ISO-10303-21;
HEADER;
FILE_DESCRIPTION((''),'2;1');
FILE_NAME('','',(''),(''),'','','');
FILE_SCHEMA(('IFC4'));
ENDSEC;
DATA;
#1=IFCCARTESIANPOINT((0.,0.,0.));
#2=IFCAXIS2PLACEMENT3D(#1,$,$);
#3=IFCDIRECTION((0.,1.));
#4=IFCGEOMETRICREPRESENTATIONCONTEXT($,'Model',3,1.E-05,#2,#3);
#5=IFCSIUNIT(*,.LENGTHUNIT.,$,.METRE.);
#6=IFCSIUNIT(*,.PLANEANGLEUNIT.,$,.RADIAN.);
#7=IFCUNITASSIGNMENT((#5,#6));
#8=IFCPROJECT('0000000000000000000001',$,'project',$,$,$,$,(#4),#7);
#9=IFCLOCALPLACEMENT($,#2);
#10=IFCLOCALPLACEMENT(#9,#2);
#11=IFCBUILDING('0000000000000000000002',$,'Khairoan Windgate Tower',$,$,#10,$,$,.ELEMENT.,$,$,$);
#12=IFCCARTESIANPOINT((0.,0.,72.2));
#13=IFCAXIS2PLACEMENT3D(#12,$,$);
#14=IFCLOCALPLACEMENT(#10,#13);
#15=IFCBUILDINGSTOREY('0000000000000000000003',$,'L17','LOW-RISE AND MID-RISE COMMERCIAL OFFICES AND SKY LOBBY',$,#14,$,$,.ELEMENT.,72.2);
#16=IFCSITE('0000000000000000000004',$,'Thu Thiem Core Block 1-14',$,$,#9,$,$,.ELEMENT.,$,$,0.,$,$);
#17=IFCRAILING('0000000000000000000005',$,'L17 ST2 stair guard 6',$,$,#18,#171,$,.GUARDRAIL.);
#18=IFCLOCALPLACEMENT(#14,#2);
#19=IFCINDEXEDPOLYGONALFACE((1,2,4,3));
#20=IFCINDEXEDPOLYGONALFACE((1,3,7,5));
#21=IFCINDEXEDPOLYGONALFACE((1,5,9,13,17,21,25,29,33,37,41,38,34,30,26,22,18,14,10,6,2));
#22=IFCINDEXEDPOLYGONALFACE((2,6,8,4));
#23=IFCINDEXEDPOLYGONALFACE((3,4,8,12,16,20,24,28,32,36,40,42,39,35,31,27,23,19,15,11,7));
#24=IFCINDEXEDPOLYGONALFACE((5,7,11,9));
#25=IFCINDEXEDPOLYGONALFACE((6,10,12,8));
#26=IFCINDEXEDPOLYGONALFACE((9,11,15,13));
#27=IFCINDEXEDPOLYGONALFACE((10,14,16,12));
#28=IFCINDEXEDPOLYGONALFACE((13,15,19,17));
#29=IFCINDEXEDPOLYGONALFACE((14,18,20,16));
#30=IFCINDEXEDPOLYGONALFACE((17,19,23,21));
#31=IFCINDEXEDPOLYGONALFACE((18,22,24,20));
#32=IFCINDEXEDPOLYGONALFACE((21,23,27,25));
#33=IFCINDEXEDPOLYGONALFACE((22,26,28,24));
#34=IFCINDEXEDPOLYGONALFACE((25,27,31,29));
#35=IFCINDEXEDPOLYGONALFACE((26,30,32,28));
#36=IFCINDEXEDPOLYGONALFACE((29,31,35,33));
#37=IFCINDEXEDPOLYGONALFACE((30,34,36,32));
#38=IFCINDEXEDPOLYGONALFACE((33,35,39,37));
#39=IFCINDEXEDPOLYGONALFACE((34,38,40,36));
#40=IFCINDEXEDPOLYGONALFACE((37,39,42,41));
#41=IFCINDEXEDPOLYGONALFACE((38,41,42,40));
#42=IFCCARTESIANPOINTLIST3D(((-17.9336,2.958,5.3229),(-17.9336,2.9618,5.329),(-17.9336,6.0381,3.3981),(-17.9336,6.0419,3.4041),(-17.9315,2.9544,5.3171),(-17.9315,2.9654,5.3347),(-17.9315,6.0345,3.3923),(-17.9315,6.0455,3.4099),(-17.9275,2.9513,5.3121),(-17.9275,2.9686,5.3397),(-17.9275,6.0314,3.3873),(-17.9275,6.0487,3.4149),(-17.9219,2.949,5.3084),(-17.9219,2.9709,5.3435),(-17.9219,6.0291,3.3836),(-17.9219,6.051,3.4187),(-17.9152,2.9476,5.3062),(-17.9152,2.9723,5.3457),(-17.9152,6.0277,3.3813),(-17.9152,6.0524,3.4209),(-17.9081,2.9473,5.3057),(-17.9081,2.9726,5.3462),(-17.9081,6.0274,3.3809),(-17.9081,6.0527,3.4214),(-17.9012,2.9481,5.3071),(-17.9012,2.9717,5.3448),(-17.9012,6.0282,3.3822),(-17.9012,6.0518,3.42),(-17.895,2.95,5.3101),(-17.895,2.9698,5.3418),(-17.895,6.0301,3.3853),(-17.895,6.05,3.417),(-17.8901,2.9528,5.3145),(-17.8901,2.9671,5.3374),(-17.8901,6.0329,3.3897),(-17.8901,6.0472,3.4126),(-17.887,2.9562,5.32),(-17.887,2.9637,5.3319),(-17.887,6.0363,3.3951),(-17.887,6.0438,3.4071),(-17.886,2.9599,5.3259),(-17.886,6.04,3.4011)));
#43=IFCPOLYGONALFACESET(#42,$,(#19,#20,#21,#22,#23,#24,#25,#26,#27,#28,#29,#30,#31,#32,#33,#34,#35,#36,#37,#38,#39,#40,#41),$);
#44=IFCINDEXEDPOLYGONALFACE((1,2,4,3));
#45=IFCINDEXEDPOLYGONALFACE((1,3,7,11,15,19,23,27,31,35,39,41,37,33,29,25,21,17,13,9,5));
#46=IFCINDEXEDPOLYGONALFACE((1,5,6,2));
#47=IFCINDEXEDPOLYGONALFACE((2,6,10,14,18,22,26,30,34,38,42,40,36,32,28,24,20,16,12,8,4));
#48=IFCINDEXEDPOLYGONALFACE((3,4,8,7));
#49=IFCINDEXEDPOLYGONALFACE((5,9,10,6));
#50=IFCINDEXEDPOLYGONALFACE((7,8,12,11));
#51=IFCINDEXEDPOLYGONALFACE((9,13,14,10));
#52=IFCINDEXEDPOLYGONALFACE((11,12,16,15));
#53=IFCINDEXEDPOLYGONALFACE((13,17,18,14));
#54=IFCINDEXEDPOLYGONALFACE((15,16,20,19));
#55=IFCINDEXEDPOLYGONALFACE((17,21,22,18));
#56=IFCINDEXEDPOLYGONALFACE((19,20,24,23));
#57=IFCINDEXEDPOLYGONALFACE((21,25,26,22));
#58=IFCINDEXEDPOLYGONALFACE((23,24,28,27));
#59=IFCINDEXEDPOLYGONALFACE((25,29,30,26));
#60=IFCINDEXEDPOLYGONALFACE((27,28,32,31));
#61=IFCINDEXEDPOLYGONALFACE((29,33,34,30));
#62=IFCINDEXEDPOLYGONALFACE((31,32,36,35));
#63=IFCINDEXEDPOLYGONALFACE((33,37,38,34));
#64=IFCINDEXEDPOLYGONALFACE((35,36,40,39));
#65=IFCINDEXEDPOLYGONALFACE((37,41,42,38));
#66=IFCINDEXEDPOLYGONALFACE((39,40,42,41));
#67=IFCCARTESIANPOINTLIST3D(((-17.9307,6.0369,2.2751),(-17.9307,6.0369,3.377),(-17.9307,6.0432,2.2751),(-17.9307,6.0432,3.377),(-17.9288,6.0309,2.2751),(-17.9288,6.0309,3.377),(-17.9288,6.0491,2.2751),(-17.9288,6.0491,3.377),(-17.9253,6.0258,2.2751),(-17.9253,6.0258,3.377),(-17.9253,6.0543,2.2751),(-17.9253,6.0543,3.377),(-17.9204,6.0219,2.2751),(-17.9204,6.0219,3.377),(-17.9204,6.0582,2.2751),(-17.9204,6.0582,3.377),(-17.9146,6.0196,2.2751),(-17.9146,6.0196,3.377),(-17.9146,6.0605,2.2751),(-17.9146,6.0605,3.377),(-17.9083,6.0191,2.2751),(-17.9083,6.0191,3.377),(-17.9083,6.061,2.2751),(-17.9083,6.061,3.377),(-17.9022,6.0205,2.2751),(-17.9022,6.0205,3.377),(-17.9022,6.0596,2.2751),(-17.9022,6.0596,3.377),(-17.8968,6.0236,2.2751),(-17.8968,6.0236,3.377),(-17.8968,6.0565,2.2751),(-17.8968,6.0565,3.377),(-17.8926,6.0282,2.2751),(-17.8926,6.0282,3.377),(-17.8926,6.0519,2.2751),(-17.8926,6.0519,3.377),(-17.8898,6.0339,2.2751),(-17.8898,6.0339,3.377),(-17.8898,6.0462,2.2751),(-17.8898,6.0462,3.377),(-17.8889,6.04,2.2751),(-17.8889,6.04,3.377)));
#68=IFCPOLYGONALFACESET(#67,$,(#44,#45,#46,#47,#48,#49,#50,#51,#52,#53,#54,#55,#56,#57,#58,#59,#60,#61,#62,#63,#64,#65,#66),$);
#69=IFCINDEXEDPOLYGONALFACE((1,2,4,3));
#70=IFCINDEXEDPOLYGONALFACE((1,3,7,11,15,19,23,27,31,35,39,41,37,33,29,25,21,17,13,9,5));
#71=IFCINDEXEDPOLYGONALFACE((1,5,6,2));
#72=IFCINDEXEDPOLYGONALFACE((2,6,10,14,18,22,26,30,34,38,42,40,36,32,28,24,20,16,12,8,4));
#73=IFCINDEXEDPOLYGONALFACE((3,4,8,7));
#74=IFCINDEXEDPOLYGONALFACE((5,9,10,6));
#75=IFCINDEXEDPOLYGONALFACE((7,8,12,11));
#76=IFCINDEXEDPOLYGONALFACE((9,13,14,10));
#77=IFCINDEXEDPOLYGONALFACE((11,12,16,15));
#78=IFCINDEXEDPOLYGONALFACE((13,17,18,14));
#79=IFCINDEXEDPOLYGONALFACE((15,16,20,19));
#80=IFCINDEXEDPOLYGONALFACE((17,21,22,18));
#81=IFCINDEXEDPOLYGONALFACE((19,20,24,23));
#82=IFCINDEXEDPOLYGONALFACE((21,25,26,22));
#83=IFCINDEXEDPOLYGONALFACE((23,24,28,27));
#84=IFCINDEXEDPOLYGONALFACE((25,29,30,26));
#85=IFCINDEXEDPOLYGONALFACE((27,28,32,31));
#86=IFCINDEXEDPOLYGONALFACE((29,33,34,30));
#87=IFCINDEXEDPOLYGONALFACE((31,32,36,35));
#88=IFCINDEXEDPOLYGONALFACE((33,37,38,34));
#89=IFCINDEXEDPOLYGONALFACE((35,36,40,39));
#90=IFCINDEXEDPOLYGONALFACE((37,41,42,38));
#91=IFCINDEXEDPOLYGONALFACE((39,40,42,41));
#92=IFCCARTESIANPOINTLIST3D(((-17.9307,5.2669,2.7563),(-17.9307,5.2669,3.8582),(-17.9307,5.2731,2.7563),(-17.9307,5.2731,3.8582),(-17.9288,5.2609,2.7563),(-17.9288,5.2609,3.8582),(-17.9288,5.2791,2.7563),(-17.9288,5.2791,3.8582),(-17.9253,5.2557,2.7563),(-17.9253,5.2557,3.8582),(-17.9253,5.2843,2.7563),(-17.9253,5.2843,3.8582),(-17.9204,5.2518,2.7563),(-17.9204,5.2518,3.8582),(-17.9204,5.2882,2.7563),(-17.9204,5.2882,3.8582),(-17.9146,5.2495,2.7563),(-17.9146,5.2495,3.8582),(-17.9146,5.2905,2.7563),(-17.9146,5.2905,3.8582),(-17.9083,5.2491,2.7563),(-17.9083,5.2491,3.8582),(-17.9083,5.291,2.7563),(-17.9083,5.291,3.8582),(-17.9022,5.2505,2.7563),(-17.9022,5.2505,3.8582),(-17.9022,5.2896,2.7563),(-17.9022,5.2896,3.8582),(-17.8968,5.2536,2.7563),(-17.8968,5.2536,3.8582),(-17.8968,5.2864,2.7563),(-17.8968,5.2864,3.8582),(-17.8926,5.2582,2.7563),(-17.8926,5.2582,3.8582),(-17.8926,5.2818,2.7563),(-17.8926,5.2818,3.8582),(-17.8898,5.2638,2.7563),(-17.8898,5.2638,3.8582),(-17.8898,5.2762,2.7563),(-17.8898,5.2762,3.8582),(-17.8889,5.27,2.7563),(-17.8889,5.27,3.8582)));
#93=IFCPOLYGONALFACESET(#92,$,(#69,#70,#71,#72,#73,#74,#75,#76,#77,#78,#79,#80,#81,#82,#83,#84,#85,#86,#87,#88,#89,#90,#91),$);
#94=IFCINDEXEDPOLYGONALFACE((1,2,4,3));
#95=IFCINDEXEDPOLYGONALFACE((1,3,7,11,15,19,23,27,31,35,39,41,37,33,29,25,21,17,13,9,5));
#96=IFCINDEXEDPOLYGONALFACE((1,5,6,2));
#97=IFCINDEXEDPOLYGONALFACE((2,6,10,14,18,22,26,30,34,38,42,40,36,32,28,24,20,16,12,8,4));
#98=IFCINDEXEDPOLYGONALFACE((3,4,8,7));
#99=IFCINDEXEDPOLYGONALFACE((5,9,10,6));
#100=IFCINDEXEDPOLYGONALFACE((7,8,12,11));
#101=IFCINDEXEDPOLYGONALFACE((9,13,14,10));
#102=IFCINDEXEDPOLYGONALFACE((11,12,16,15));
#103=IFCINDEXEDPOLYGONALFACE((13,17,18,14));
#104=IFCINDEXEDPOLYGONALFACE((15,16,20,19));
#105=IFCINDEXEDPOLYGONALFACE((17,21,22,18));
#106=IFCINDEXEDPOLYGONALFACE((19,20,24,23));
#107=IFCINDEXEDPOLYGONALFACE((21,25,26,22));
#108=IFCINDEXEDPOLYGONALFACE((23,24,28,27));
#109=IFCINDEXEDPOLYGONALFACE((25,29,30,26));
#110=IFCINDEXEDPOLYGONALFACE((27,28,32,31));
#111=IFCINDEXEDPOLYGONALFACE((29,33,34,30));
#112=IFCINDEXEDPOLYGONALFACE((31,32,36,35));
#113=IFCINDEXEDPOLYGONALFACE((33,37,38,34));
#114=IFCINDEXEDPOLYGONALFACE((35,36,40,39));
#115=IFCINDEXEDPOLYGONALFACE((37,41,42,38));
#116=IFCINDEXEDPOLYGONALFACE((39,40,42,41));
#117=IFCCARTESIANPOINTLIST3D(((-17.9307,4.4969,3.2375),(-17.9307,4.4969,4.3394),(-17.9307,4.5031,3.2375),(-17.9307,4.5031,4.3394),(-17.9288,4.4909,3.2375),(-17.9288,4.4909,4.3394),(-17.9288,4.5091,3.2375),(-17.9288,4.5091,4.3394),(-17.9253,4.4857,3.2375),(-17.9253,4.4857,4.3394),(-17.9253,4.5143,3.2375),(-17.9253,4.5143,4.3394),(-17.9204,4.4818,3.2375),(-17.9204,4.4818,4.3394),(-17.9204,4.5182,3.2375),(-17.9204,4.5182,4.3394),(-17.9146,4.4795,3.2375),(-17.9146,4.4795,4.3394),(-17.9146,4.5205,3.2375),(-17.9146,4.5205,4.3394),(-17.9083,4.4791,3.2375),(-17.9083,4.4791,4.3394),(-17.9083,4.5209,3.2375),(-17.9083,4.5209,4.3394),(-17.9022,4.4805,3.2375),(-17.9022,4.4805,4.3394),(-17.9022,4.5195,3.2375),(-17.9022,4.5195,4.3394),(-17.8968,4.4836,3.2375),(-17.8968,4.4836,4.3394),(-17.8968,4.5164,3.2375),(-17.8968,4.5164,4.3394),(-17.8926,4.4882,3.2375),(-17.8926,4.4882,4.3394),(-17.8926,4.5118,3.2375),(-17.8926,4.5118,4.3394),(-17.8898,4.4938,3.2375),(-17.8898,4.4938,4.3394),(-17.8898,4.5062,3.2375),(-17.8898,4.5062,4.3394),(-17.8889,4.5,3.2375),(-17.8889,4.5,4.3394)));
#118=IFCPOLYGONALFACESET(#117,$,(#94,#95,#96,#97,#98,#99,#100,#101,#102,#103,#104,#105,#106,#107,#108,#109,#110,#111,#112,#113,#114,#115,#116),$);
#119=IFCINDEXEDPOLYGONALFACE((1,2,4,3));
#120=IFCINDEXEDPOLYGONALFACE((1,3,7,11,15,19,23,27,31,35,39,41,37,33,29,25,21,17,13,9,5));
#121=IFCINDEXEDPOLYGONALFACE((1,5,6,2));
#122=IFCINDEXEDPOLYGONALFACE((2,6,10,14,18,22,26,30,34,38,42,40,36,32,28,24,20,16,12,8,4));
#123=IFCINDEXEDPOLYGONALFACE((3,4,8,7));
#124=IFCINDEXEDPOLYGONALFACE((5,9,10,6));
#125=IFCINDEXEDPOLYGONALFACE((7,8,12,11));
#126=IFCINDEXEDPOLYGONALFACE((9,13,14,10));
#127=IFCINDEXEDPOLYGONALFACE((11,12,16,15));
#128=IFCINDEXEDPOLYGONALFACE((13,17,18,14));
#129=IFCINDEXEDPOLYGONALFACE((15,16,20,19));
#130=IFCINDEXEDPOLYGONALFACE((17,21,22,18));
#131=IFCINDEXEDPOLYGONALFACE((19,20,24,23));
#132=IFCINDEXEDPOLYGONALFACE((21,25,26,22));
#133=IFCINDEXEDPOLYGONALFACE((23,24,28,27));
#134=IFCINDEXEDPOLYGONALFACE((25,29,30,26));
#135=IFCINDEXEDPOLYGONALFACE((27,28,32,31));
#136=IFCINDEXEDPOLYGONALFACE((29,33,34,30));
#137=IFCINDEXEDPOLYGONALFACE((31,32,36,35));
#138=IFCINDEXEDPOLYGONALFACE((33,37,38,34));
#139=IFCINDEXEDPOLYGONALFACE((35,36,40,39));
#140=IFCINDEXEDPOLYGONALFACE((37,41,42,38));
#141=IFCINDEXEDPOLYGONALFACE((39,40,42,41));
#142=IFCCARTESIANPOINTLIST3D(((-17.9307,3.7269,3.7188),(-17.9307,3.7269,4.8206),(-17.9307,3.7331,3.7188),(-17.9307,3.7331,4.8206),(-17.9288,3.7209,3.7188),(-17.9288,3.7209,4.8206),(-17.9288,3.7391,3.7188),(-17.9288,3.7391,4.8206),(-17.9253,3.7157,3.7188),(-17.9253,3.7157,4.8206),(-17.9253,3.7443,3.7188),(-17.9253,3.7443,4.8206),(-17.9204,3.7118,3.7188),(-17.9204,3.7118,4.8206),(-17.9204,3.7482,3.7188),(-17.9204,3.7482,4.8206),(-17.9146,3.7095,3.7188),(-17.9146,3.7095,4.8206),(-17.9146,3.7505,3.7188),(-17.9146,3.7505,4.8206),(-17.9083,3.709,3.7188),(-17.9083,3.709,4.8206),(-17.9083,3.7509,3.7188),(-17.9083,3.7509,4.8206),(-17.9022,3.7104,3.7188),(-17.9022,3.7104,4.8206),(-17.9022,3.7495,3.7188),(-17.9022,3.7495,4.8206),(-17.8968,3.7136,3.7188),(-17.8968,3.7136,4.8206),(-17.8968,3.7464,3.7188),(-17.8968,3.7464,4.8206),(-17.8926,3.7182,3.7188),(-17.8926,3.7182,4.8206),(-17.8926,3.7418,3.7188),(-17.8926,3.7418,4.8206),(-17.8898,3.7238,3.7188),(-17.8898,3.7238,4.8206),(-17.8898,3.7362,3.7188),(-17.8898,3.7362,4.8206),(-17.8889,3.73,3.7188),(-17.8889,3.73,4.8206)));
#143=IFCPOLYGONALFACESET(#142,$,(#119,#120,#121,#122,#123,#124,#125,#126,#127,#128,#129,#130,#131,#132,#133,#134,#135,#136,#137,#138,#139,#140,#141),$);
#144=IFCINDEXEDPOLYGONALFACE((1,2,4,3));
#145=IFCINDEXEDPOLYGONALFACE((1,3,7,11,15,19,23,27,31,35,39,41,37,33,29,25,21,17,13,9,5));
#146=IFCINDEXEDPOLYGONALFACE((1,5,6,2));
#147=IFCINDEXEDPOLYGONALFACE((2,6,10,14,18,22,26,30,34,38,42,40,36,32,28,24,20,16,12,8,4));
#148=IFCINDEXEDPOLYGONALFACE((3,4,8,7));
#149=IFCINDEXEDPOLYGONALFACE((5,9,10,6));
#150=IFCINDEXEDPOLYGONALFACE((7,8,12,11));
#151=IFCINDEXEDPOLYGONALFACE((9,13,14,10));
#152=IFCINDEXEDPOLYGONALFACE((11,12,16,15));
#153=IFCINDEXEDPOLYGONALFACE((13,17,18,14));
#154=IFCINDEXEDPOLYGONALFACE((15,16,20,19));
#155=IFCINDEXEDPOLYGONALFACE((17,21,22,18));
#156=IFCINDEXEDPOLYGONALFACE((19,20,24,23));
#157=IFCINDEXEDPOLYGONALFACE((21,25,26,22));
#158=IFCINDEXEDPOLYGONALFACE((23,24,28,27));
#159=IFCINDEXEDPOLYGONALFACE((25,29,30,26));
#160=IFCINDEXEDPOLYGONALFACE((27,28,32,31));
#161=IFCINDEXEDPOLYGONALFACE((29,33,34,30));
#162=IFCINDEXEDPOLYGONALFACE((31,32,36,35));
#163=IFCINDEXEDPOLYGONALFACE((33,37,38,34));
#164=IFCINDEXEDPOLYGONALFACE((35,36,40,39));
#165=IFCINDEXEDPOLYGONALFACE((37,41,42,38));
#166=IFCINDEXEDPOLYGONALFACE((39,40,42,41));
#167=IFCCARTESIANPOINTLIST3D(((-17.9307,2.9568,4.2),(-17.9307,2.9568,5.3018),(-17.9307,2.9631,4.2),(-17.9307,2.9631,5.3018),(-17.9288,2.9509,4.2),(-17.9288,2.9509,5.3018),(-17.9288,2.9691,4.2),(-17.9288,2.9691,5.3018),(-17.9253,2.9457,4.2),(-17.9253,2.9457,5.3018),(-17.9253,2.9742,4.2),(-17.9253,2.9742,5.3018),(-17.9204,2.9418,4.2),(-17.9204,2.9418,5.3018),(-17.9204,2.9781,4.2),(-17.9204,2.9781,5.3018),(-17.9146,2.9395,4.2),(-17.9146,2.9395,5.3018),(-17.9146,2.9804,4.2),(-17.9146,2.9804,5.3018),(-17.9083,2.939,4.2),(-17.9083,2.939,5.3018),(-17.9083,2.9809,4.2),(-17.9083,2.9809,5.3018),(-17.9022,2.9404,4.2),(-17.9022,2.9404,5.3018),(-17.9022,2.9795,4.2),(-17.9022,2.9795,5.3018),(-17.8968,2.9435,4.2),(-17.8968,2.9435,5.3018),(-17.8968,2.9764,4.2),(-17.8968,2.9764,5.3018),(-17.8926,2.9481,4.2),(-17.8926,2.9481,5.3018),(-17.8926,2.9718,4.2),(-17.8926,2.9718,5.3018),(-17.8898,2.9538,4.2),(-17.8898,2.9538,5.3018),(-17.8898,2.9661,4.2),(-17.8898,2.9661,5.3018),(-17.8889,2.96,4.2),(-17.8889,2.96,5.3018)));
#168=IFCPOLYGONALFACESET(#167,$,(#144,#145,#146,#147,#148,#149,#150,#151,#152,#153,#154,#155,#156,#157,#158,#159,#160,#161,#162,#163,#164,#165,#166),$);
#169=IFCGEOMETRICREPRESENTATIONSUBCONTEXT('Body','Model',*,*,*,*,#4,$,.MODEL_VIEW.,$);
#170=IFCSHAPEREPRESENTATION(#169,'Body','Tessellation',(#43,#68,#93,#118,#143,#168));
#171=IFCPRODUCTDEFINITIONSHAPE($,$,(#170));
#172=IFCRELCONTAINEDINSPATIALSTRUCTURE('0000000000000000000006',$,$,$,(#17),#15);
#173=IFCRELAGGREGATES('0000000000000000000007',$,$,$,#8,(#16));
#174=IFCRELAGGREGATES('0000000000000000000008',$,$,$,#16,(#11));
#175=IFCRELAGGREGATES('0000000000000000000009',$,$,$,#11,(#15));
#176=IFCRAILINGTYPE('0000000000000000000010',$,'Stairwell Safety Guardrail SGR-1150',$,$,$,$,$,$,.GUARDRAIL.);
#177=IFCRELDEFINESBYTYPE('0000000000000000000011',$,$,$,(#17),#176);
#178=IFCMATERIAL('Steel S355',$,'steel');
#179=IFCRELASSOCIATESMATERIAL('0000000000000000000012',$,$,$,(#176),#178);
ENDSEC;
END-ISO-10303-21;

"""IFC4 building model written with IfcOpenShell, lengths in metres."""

from ifc_helpers import new_model, si_unit, direction, frame, origin, origin_2d, place, context, subcontext, project, spatial, circle, extrude, material, type_object, element, save


model = new_model("IFC4")

# Units and contexts
model_context = context("Model", 3, precision=1e-05, world=origin(), true_north=direction((0.0, 1.0)))
body_context = subcontext(model_context, "Body", "Model", "MODEL_VIEW")
ifc_project = project(units=[si_unit("LENGTHUNIT", "METRE"), si_unit("PLANEANGLEUNIT", "RADIAN")], contexts=[model_context])

# Site, building, storey
site_placement = place(None, origin())
site = spatial("IfcSite", under=ifc_project, at=site_placement, Name="Thu Thiem Core Block 1-14", CompositionType="ELEMENT", RefElevation=0.0)
building_placement = place(site_placement, origin())
building = spatial("IfcBuilding", under=site, at=building_placement, Name="Khairoan Windgate Tower", CompositionType="ELEMENT")
storey_placement = place(building_placement, frame((0.0, 0.0, 72.2)))
storey = spatial("IfcBuildingStorey", under=building, at=storey_placement, Name="L17", Description="LOW-RISE AND MID-RISE COMMERCIAL OFFICES AND SKY LOBBY", CompositionType="ELEMENT", Elevation=72.2)

# Railing
ifc_material_1 = material(Name="Steel S355", Category="steel")
railing_type_1 = type_object("IfcRailingType", Name="Stairwell Safety Guardrail SGR-1150", PredefinedType="GUARDRAIL", material=ifc_material_1)
railing_1_placement = place(storey_placement, frame((-17.9099, 6.04, 2.2751)))
element("IfcRailing", 1, at=railing_1_placement, inside=storey, type_object=railing_type_1, Name="L17 ST2 stair guard 6", PredefinedType="GUARDRAIL", context=body_context, shape_type="SweptSolid", body=[
    extrude(circle(Radius=0.0239, at=origin_2d()), frame((0.0, 0.0, 1.126), z_axis=(0.0, -0.848029, 0.529951), x_axis=(1.0, 0.0, 0.0)), (0.0, 0.0, 1.0), 3.6321),
    extrude(circle(Radius=0.021, at=origin_2d()), origin(), (0.0, 0.0, 1.0), 1.1018),
    extrude(circle(Radius=0.021, at=origin_2d()), frame((0.0, -0.77, 0.4812)), (0.0, 0.0, 1.0), 1.1018),
    extrude(circle(Radius=0.021, at=origin_2d()), frame((0.0, -1.54, 0.9624)), (0.0, 0.0, 1.0), 1.1018),
    extrude(circle(Radius=0.021, at=origin_2d()), frame((0.0, -2.3101, 1.4436)), (0.0, 0.0, 1.0), 1.1018),
    extrude(circle(Radius=0.021, at=origin_2d()), frame((0.0, -3.0801, 1.9248)), (0.0, 0.0, 1.0), 1.1018),
])

save(model, "model.ifc")
